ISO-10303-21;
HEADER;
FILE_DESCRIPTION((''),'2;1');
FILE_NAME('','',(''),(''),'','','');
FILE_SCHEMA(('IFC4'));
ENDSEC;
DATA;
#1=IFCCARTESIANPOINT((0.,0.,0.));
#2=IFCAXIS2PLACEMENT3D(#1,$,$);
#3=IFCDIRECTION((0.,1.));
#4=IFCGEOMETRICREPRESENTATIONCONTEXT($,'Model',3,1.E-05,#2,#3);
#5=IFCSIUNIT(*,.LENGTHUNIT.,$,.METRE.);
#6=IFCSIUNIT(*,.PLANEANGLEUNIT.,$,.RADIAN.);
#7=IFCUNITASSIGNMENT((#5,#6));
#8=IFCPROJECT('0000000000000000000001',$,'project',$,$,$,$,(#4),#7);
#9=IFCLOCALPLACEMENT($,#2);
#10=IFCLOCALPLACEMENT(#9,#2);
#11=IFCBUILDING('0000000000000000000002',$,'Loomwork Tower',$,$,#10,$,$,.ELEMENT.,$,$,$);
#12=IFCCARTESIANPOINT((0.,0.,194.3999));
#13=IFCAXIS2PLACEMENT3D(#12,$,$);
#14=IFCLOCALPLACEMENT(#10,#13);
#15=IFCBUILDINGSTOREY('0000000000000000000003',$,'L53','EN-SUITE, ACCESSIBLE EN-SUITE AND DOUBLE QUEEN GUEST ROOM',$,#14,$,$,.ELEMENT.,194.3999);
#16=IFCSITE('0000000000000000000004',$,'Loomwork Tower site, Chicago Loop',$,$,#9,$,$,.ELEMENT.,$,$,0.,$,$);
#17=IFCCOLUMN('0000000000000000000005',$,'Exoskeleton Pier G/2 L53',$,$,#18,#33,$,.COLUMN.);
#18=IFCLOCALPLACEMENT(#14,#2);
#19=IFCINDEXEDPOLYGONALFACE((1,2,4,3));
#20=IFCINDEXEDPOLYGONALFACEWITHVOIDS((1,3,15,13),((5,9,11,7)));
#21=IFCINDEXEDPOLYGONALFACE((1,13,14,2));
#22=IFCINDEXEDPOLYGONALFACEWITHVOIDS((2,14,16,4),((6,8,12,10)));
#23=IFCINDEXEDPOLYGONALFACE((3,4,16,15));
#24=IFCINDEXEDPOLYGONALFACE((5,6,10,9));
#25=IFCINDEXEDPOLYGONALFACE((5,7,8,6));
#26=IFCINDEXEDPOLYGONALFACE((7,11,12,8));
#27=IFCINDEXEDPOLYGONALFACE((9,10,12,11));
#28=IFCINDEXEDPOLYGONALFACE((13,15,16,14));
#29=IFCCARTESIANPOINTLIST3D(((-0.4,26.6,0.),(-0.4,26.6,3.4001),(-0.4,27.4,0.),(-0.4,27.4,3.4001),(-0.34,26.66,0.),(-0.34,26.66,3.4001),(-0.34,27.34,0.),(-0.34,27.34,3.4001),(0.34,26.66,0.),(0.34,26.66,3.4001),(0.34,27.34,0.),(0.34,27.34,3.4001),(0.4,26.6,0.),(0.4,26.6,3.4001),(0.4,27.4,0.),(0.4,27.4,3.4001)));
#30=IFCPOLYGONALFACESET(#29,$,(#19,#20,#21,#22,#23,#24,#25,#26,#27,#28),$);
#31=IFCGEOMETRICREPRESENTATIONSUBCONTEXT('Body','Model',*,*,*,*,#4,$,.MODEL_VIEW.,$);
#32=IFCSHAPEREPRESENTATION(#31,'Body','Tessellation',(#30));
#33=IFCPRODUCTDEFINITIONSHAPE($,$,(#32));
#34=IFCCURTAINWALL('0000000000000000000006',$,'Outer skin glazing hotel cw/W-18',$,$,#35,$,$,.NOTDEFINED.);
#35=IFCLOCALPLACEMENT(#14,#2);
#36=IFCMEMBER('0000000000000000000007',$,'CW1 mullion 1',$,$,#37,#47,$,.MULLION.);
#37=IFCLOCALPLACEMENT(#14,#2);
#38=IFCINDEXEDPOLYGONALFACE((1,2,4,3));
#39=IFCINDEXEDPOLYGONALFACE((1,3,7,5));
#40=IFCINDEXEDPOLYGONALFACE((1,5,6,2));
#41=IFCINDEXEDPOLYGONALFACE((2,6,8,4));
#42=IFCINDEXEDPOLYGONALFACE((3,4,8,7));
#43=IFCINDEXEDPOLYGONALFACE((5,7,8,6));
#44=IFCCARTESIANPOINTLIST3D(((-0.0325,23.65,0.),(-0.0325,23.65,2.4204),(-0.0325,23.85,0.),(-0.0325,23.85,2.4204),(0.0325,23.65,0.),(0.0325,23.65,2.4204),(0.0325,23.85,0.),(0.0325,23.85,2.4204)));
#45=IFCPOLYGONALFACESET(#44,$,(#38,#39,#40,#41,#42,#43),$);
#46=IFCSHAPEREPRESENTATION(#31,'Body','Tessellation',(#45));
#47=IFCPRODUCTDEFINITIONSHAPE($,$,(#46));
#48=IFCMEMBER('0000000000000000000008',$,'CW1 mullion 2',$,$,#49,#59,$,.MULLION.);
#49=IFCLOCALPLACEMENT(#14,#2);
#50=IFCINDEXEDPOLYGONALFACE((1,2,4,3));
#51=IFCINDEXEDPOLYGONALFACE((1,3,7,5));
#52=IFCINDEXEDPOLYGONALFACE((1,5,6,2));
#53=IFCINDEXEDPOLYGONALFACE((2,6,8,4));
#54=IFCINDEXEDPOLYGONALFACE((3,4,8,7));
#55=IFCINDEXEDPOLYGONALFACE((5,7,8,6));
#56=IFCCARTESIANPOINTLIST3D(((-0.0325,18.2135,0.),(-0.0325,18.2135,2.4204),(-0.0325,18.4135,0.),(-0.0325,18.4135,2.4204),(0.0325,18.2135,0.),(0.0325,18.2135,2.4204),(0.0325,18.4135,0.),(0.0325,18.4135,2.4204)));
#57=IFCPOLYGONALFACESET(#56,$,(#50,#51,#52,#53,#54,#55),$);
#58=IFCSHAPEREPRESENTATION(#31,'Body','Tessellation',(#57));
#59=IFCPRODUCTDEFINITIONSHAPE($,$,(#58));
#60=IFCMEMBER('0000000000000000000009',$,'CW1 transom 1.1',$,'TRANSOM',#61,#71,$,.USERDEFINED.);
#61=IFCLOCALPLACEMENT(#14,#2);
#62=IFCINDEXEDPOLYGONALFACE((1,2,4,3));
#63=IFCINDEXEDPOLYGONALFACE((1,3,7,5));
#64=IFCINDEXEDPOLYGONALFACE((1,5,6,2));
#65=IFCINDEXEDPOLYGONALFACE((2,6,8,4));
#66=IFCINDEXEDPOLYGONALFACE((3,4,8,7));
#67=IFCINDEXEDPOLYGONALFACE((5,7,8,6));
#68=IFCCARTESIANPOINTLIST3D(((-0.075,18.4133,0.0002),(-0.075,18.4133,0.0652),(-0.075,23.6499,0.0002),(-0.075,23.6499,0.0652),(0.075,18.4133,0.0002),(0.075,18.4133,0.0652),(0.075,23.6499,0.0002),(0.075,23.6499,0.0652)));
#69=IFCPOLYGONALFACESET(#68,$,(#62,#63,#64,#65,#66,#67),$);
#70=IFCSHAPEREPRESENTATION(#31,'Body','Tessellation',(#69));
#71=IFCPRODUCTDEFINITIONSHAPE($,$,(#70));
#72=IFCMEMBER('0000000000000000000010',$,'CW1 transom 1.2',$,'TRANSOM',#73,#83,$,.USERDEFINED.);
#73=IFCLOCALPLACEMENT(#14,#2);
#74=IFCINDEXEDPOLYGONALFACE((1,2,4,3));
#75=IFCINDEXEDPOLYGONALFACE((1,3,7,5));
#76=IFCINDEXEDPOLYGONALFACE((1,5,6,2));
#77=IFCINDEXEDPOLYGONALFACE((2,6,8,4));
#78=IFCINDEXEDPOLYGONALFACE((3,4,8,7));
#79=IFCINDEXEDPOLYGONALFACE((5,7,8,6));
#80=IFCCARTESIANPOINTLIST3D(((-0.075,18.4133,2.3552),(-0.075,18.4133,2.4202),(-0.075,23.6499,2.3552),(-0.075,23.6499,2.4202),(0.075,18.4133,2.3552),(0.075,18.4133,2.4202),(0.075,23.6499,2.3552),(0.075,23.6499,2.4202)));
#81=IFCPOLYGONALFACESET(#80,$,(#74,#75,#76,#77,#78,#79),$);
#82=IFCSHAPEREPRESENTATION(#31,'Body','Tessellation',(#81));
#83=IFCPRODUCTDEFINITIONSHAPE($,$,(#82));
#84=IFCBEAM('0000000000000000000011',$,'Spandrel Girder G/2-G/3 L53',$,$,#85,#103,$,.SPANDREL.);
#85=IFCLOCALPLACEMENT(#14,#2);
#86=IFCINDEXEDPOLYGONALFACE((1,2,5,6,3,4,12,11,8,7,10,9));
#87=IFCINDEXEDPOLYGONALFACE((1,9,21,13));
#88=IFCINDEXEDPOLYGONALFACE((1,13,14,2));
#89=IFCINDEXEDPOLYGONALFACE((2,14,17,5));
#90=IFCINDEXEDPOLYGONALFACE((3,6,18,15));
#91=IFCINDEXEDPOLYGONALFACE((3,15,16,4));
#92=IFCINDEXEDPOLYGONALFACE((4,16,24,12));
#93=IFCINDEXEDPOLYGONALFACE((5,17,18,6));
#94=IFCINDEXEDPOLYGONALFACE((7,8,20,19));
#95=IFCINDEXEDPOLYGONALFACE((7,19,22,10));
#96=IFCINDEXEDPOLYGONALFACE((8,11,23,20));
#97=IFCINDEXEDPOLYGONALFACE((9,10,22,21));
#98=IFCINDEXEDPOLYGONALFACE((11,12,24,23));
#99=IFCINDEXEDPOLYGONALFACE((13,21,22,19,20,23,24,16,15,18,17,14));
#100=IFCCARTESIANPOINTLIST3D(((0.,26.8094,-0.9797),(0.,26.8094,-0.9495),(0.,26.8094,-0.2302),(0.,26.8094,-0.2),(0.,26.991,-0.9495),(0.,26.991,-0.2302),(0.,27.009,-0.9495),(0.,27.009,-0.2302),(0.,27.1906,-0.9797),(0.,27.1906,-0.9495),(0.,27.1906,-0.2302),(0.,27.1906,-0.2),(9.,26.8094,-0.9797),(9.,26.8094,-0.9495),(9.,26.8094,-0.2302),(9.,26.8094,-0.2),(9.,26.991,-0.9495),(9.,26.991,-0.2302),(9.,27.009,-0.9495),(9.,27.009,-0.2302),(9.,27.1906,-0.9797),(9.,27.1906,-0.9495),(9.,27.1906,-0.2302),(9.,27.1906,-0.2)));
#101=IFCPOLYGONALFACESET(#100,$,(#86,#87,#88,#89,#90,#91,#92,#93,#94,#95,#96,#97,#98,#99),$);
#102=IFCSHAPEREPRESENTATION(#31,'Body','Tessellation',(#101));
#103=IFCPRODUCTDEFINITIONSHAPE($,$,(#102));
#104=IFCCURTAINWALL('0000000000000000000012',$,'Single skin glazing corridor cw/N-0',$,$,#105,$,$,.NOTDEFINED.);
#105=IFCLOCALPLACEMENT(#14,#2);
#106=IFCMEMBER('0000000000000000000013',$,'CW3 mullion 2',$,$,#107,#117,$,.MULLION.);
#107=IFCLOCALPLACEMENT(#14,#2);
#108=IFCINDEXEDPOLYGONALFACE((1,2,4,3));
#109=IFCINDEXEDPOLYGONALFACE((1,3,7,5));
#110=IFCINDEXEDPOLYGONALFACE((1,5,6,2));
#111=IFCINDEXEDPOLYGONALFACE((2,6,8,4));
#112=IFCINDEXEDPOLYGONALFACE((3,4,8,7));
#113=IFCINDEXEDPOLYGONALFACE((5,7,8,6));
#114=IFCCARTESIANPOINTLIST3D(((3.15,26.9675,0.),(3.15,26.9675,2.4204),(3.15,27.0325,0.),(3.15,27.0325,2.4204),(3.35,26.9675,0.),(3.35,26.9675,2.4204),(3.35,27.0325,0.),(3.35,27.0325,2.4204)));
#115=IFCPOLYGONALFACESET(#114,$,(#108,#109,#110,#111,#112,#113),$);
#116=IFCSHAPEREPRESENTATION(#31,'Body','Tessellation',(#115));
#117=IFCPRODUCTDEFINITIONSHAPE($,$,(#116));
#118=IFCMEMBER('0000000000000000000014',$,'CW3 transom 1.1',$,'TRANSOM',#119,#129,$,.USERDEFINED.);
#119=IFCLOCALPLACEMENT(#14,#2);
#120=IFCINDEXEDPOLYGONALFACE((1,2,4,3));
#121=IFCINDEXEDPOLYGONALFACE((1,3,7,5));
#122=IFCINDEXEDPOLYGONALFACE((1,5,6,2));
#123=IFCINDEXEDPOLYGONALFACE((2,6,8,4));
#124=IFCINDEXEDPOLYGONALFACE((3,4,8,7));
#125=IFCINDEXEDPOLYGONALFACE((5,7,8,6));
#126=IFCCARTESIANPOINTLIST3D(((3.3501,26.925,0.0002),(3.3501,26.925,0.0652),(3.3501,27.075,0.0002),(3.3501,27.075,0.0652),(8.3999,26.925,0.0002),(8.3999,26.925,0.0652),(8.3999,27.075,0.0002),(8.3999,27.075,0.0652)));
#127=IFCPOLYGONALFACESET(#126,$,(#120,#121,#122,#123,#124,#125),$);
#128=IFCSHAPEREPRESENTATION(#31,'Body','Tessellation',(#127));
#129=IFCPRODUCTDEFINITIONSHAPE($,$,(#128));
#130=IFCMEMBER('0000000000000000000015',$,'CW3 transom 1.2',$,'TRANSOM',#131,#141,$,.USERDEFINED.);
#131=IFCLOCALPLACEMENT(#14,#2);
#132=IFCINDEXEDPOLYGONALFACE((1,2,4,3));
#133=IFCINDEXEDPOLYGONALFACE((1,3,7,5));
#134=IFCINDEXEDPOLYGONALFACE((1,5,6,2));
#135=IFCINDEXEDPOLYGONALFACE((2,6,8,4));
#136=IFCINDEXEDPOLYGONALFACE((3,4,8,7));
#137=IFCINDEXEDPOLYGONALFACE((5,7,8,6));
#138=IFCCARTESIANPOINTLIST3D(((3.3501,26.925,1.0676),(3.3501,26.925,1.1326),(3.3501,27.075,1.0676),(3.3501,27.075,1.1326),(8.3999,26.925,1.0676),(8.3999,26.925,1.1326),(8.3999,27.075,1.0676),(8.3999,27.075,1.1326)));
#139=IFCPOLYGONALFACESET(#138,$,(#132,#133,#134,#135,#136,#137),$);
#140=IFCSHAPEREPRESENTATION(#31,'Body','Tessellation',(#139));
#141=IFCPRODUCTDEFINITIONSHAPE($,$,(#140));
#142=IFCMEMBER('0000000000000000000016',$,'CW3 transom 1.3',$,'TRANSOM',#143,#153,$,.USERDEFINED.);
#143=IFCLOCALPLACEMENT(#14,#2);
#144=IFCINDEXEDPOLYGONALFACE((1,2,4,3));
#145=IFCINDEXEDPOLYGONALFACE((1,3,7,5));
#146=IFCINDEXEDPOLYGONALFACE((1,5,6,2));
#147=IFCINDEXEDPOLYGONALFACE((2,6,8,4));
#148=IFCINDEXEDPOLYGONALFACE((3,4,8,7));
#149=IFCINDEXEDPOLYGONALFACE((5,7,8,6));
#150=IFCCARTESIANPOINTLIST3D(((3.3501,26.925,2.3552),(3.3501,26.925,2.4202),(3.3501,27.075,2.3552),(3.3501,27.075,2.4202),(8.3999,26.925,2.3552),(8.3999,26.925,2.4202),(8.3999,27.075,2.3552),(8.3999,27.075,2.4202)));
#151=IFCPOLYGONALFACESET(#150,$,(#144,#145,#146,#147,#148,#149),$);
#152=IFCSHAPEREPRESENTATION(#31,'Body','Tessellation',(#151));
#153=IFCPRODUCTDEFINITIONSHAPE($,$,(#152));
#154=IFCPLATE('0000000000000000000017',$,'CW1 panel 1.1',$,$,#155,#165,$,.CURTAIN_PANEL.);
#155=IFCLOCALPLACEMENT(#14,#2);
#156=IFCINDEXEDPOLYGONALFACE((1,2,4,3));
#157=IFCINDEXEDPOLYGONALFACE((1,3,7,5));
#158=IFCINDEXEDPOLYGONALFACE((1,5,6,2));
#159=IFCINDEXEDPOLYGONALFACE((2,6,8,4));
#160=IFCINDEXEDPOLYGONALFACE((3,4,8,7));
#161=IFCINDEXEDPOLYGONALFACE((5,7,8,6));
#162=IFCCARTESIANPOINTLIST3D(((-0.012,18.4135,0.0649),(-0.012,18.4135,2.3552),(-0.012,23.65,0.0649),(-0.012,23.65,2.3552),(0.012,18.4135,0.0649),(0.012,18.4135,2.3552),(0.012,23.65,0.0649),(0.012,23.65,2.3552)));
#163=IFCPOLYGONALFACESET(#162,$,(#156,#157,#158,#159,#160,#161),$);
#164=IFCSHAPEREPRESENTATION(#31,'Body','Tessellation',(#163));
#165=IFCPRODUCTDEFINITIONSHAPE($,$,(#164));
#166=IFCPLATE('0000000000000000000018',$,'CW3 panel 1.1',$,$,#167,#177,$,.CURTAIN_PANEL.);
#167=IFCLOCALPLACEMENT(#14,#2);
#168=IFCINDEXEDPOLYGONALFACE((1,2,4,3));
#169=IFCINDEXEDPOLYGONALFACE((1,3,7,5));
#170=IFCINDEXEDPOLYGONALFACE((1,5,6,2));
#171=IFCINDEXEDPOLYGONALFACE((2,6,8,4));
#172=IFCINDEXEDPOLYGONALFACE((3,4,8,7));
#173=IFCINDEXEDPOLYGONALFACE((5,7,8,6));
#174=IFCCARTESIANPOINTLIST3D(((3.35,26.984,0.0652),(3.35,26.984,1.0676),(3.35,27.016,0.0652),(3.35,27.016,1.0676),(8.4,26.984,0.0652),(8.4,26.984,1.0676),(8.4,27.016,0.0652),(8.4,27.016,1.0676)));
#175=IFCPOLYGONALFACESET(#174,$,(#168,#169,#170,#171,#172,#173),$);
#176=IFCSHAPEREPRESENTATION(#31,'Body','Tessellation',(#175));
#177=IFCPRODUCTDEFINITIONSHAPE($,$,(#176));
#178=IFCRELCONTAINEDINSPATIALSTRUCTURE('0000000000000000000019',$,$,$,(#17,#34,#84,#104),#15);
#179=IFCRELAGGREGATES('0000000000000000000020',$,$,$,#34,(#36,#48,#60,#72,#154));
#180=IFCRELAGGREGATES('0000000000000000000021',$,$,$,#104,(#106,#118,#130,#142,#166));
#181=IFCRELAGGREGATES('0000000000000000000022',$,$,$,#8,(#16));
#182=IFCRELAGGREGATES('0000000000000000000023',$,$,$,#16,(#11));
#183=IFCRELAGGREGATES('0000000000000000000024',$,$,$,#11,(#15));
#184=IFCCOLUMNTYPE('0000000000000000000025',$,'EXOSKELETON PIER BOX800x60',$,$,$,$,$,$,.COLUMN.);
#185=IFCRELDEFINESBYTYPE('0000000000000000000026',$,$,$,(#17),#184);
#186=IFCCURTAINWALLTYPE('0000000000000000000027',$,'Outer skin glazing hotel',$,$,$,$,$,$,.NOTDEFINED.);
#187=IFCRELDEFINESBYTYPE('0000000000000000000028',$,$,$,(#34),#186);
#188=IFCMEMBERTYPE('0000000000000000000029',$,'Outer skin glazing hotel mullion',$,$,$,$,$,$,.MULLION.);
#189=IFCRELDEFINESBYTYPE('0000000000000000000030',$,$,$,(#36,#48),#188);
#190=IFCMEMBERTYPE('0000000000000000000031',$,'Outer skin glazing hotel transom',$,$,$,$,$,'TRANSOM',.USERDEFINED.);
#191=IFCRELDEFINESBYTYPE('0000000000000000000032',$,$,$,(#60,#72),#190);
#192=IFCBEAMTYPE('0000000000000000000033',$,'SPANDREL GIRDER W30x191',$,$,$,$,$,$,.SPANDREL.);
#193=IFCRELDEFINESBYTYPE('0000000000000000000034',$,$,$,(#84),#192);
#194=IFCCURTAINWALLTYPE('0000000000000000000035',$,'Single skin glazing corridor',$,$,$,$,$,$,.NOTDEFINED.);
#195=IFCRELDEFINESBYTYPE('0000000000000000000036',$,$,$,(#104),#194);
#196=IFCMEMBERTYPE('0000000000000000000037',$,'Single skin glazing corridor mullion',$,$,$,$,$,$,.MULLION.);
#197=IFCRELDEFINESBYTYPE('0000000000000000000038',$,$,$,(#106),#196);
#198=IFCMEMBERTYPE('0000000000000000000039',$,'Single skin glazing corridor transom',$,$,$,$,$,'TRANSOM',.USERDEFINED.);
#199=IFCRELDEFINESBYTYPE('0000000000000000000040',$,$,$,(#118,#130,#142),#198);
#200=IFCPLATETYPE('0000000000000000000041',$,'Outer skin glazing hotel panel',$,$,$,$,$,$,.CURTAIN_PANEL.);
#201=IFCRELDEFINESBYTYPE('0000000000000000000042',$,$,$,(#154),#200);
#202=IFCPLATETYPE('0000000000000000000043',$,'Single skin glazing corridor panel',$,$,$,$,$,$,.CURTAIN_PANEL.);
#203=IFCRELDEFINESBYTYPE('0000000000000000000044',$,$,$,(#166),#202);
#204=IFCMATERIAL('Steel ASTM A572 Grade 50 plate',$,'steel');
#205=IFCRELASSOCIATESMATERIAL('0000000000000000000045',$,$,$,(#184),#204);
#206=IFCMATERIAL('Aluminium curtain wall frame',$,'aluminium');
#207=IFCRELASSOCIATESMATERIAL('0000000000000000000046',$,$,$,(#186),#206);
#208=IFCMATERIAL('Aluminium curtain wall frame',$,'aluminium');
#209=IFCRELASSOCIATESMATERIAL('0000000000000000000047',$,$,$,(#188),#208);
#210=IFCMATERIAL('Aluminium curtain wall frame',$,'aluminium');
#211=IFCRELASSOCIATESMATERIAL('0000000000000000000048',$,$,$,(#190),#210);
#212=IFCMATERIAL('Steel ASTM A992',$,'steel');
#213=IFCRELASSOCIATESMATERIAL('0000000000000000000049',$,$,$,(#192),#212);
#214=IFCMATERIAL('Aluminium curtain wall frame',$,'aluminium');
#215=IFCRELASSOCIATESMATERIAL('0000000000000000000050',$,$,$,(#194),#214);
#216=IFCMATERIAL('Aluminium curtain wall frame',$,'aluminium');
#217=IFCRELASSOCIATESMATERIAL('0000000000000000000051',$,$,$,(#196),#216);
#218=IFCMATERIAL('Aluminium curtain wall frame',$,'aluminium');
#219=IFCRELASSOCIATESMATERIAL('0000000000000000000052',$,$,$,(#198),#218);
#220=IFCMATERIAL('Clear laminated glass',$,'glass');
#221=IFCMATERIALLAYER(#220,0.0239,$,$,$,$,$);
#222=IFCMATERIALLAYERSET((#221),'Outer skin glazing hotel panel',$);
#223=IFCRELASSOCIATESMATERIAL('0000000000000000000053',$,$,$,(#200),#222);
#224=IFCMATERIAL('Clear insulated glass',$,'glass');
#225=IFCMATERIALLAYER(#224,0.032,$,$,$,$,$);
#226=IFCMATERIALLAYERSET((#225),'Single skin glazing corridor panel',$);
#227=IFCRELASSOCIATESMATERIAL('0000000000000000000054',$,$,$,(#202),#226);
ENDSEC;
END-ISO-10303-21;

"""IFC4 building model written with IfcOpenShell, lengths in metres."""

from ifc_helpers import new_model, si_unit, direction, frame, origin, origin_2d, place, context, subcontext, project, spatial, rectangle, hollow_rectangle, i_section, extrude, material, layer, layer_set, material_profile, profile_set, type_object, element, aggregate, save


model = new_model("IFC4")

# Units and contexts
model_context = context("Model", 3, precision=1e-05, world=origin(), true_north=direction((0.0, 1.0)))
body_context = subcontext(model_context, "Body", "Model", "MODEL_VIEW")
ifc_project = project(units=[si_unit("LENGTHUNIT", "METRE"), si_unit("PLANEANGLEUNIT", "RADIAN")], contexts=[model_context])

# Site, building, storey
site_placement = place(None, origin())
site = spatial("IfcSite", under=ifc_project, at=site_placement, Name="Loomwork Tower site, Chicago Loop", CompositionType="ELEMENT", RefElevation=0.0)
building_placement = place(site_placement, origin())
building = spatial("IfcBuilding", under=site, at=building_placement, Name="Loomwork Tower", CompositionType="ELEMENT")
storey_placement = place(building_placement, frame((0.0, 0.0, 194.3999)))
storey = spatial("IfcBuildingStorey", under=building, at=storey_placement, Name="L53", Description="EN-SUITE, ACCESSIBLE EN-SUITE AND DOUBLE QUEEN GUEST ROOM", CompositionType="ELEMENT", Elevation=194.3999)

# Column
ifc_material_1 = material(Name="Steel ASTM A572 Grade 50 plate", Category="steel")
ifc_material_profile_1 = material_profile(ifc_material_1, hollow_rectangle(XDim=0.8, YDim=0.8, WallThickness=0.0601, at=origin_2d()), Name="BOX800x60")
ifc_profile_set_1 = profile_set([ifc_material_profile_1], Name="Steel ASTM A572 Grade 50 plate")
column_type = type_object("IfcColumnType", Name="EXOSKELETON PIER BOX800x60", PredefinedType="COLUMN", material=ifc_profile_set_1)
column_placement = place(storey_placement, frame((0.0, 27.0, 0.0), z_axis=(0.0, 0.0, 1.0), x_axis=(0.0, 1.0, 0.0)))
element("IfcColumn", 1, at=column_placement, inside=storey, type_object=column_type, Name="Exoskeleton Pier G/2 L53", PredefinedType="COLUMN", context=body_context, shape_type="SweptSolid", body=[
    extrude(hollow_rectangle(XDim=0.8, YDim=0.8, WallThickness=0.0601, at=origin_2d()), origin(), (0.0, 0.0, 1.0), 3.4001),
])

# Curtain wall, members
ifc_material_2 = material(Name="Aluminium curtain wall frame", Category="aluminium")
curtain_wall_type_1 = type_object("IfcCurtainWallType", Name="Outer skin glazing hotel", PredefinedType="NOTDEFINED", material=ifc_material_2)
curtain_wall_1_placement = place(storey_placement, origin())
curtain_wall_1 = element("IfcCurtainWall", 2, at=curtain_wall_1_placement, inside=storey, type_object=curtain_wall_type_1, Name="Outer skin glazing hotel cw/W-18", PredefinedType="NOTDEFINED")
ifc_material_3 = material(Name="Aluminium curtain wall frame", Category="aluminium")
ifc_material_profile_2 = material_profile(ifc_material_3, rectangle(XDim=0.0649, YDim=0.2, at=origin_2d()), Name="AL 65x200")
ifc_profile_set_2 = profile_set([ifc_material_profile_2], Name="Aluminium curtain wall frame")
member_type_1 = type_object("IfcMemberType", Name="Outer skin glazing hotel mullion", PredefinedType="MULLION", material=ifc_profile_set_2)
member_1_placement = place(storey_placement, frame((0.0, 23.75, 0.0), z_axis=(0.0, 0.0, 1.0), x_axis=(1.0, 0.0, 0.0)))
member_1 = element("IfcMember", 3, at=member_1_placement, type_object=member_type_1, Name="CW1 mullion 1", PredefinedType="MULLION", context=body_context, shape_type="SweptSolid", body=[
    extrude(rectangle(XDim=0.0649, YDim=0.2, at=origin_2d()), origin(), (0.0, 0.0, 1.0), 2.4204),
])
member_2_placement = place(storey_placement, frame((0.0, 18.3135, 0.0), z_axis=(0.0, 0.0, 1.0), x_axis=(1.0, 0.0, 0.0)))
member_2 = element("IfcMember", 4, at=member_2_placement, type_object=member_type_1, Name="CW1 mullion 2", PredefinedType="MULLION", context=body_context, shape_type="SweptSolid", body=[
    extrude(rectangle(XDim=0.0649, YDim=0.2, at=origin_2d()), origin(), (0.0, 0.0, 1.0), 2.4204),
])
ifc_material_4 = material(Name="Aluminium curtain wall frame", Category="aluminium")
ifc_material_profile_3 = material_profile(ifc_material_4, rectangle(XDim=0.1499, YDim=0.0649, at=origin_2d()), Name="AL 65x150")
ifc_profile_set_3 = profile_set([ifc_material_profile_3], Name="Aluminium curtain wall frame")
member_type_2 = type_object("IfcMemberType", Name="Outer skin glazing hotel transom", ElementType="TRANSOM", PredefinedType="USERDEFINED", material=ifc_profile_set_3)
member_3_placement = place(storey_placement, frame((0.0, 23.6499, 0.0327), z_axis=(0.0, -1.0, 0.0), x_axis=(1.0, 0.0, 0.0)))
member_3 = element("IfcMember", 5, at=member_3_placement, type_object=member_type_2, Name="CW1 transom 1.1", ObjectType="TRANSOM", PredefinedType="USERDEFINED", context=body_context, shape_type="SweptSolid", body=[
    extrude(rectangle(XDim=0.1499, YDim=0.0649, at=origin_2d()), origin(), (0.0, 0.0, 1.0), 5.2366),
])
member_4_placement = place(storey_placement, frame((0.0, 23.6499, 2.3877), z_axis=(0.0, -1.0, 0.0), x_axis=(1.0, 0.0, 0.0)))
member_4 = element("IfcMember", 6, at=member_4_placement, type_object=member_type_2, Name="CW1 transom 1.2", ObjectType="TRANSOM", PredefinedType="USERDEFINED", context=body_context, shape_type="SweptSolid", body=[
    extrude(rectangle(XDim=0.1499, YDim=0.0649, at=origin_2d()), origin(), (0.0, 0.0, 1.0), 5.2366),
])

# Beam
ifc_material_5 = material(Name="Steel ASTM A992", Category="steel")
ifc_material_profile_4 = material_profile(ifc_material_5, i_section(OverallWidth=0.3811, OverallDepth=0.7798, WebThickness=0.0181, FlangeThickness=0.0303, at=origin_2d()), Name="W30x191")
ifc_profile_set_4 = profile_set([ifc_material_profile_4], Name="Steel ASTM A992")
beam_type = type_object("IfcBeamType", Name="SPANDREL GIRDER W30x191", PredefinedType="SPANDREL", material=ifc_profile_set_4)
beam_placement = place(storey_placement, frame((0.0, 27.0, -0.5898), z_axis=(1.0, 0.0, 0.0), x_axis=(0.0, 1.0, 0.0)))
element("IfcBeam", 7, at=beam_placement, inside=storey, type_object=beam_type, Name="Spandrel Girder G/2-G/3 L53", PredefinedType="SPANDREL", context=body_context, shape_type="SweptSolid", body=[
    extrude(i_section(OverallWidth=0.3811, OverallDepth=0.7798, WebThickness=0.0181, FlangeThickness=0.0303, at=origin_2d()), origin(), (0.0, 0.0, 1.0), 9.0),
])

# Curtain wall, members
ifc_material_6 = material(Name="Aluminium curtain wall frame", Category="aluminium")
curtain_wall_type_2 = type_object("IfcCurtainWallType", Name="Single skin glazing corridor", PredefinedType="NOTDEFINED", material=ifc_material_6)
curtain_wall_2_placement = place(storey_placement, origin())
curtain_wall_2 = element("IfcCurtainWall", 8, at=curtain_wall_2_placement, inside=storey, type_object=curtain_wall_type_2, Name="Single skin glazing corridor cw/N-0", PredefinedType="NOTDEFINED")
ifc_material_7 = material(Name="Aluminium curtain wall frame", Category="aluminium")
ifc_material_profile_5 = material_profile(ifc_material_7, rectangle(XDim=0.0649, YDim=0.2, at=origin_2d()), Name="AL 65x200")
ifc_profile_set_5 = profile_set([ifc_material_profile_5], Name="Aluminium curtain wall frame")
member_type_3 = type_object("IfcMemberType", Name="Single skin glazing corridor mullion", PredefinedType="MULLION", material=ifc_profile_set_5)
member_5_placement = place(storey_placement, frame((3.25, 27.0, 0.0), z_axis=(0.0, 0.0, 1.0), x_axis=(0.0, -1.0, 0.0)))
member_5 = element("IfcMember", 9, at=member_5_placement, type_object=member_type_3, Name="CW3 mullion 2", PredefinedType="MULLION", context=body_context, shape_type="SweptSolid", body=[
    extrude(rectangle(XDim=0.0649, YDim=0.2, at=origin_2d()), origin(), (0.0, 0.0, 1.0), 2.4204),
])
ifc_material_8 = material(Name="Aluminium curtain wall frame", Category="aluminium")
ifc_material_profile_6 = material_profile(ifc_material_8, rectangle(XDim=0.1499, YDim=0.0649, at=origin_2d()), Name="AL 65x150")
ifc_profile_set_6 = profile_set([ifc_material_profile_6], Name="Aluminium curtain wall frame")
member_type_4 = type_object("IfcMemberType", Name="Single skin glazing corridor transom", ElementType="TRANSOM", PredefinedType="USERDEFINED", material=ifc_profile_set_6)
member_6_placement = place(storey_placement, frame((8.3999, 27.0, 0.0327), z_axis=(-1.0, 0.0, 0.0), x_axis=(0.0, -1.0, 0.0)))
member_6 = element("IfcMember", 10, at=member_6_placement, type_object=member_type_4, Name="CW3 transom 1.1", ObjectType="TRANSOM", PredefinedType="USERDEFINED", context=body_context, shape_type="SweptSolid", body=[
    extrude(rectangle(XDim=0.1499, YDim=0.0649, at=origin_2d()), origin(), (0.0, 0.0, 1.0), 5.0498),
])
member_7_placement = place(storey_placement, frame((8.3999, 27.0, 1.1001), z_axis=(-1.0, 0.0, 0.0), x_axis=(0.0, -1.0, 0.0)))
member_7 = element("IfcMember", 11, at=member_7_placement, type_object=member_type_4, Name="CW3 transom 1.2", ObjectType="TRANSOM", PredefinedType="USERDEFINED", context=body_context, shape_type="SweptSolid", body=[
    extrude(rectangle(XDim=0.1499, YDim=0.0649, at=origin_2d()), origin(), (0.0, 0.0, 1.0), 5.0498),
])
member_8_placement = place(storey_placement, frame((8.3999, 27.0, 2.3877), z_axis=(-1.0, 0.0, 0.0), x_axis=(0.0, -1.0, 0.0)))
member_8 = element("IfcMember", 12, at=member_8_placement, type_object=member_type_4, Name="CW3 transom 1.3", ObjectType="TRANSOM", PredefinedType="USERDEFINED", context=body_context, shape_type="SweptSolid", body=[
    extrude(rectangle(XDim=0.1499, YDim=0.0649, at=origin_2d()), origin(), (0.0, 0.0, 1.0), 5.0498),
])

# Plates
ifc_material_9 = material(Name="Clear laminated glass", Category="glass")
ifc_layer_1 = layer(ifc_material_9, 0.0239)
ifc_layer_set_1 = layer_set([ifc_layer_1], Name="Outer skin glazing hotel panel")
plate_type_1 = type_object("IfcPlateType", Name="Outer skin glazing hotel panel", PredefinedType="CURTAIN_PANEL", material=ifc_layer_set_1)
plate_1_placement = place(storey_placement, frame((0.0, 21.0317, 0.0649), z_axis=(0.0, 0.0, 1.0), x_axis=(0.0, -1.0, 0.0)))
plate_1 = element("IfcPlate", 13, at=plate_1_placement, type_object=plate_type_1, Name="CW1 panel 1.1", PredefinedType="CURTAIN_PANEL", context=body_context, shape_type="SweptSolid", body=[
    extrude(rectangle(XDim=5.2366, YDim=0.0239, at=origin_2d()), origin(), (0.0, 0.0, 1.0), 2.2903),
])
aggregate(curtain_wall_1, [member_1, member_2, member_3, member_4, plate_1])
ifc_material_10 = material(Name="Clear insulated glass", Category="glass")
ifc_layer_2 = layer(ifc_material_10, 0.032)
ifc_layer_set_2 = layer_set([ifc_layer_2], Name="Single skin glazing corridor panel")
plate_type_2 = type_object("IfcPlateType", Name="Single skin glazing corridor panel", PredefinedType="CURTAIN_PANEL", material=ifc_layer_set_2)
plate_2_placement = place(storey_placement, frame((5.875, 27.0, 0.0652), z_axis=(0.0, 0.0, 1.0), x_axis=(-1.0, 0.0, 0.0)))
plate_2 = element("IfcPlate", 14, at=plate_2_placement, type_object=plate_type_2, Name="CW3 panel 1.1", PredefinedType="CURTAIN_PANEL", context=body_context, shape_type="SweptSolid", body=[
    extrude(rectangle(XDim=5.05, YDim=0.032, at=origin_2d()), origin(), (0.0, 0.0, 1.0), 1.0024),
])
aggregate(curtain_wall_2, [member_5, member_6, member_7, member_8, plate_2])

save(model, "model.ifc")
